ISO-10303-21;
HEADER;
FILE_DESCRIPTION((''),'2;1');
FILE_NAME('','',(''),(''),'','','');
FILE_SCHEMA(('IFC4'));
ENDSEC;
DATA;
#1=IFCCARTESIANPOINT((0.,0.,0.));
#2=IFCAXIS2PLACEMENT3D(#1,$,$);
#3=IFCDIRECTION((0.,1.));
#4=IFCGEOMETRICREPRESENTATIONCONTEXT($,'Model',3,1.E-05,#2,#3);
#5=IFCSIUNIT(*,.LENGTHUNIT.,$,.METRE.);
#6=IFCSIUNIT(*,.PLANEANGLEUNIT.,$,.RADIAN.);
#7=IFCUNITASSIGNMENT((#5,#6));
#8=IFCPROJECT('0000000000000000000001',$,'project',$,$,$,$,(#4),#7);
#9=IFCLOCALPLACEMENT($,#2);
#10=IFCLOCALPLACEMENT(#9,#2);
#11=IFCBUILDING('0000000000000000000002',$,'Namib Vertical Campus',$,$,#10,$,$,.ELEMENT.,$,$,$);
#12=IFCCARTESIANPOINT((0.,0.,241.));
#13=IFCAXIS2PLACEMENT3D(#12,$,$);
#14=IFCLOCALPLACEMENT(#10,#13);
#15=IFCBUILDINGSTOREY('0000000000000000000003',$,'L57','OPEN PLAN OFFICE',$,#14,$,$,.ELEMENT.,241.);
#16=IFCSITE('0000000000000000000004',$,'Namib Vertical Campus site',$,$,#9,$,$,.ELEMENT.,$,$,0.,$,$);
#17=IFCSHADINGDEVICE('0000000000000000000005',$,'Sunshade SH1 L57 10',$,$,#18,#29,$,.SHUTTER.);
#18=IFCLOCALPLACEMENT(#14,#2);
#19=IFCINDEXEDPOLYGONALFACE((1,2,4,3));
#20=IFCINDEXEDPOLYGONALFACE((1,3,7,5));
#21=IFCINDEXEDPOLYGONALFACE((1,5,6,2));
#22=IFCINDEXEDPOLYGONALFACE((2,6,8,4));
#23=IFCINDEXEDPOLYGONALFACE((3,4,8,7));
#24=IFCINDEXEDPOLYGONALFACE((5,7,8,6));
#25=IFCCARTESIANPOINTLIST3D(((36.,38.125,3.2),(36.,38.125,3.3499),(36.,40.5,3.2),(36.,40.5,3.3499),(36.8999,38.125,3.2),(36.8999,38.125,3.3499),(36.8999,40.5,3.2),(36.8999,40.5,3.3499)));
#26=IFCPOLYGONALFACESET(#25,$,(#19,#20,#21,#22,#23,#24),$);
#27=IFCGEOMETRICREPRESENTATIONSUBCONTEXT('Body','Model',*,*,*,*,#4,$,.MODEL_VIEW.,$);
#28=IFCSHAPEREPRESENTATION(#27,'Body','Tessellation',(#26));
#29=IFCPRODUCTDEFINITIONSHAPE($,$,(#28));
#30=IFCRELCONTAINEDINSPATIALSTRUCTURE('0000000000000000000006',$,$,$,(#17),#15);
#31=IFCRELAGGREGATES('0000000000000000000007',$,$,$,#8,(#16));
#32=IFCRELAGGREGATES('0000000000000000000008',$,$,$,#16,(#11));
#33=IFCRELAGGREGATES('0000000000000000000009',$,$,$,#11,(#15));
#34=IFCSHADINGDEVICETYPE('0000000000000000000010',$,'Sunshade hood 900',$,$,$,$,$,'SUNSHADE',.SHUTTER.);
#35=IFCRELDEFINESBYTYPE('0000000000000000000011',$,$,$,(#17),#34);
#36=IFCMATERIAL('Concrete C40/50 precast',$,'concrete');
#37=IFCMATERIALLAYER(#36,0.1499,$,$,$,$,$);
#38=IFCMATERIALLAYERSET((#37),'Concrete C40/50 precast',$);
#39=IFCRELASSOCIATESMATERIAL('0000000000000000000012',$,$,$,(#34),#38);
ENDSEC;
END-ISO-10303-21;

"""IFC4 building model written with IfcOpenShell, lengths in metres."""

from ifc_helpers import new_model, si_unit, direction, frame, origin, origin_2d, place, context, subcontext, project, spatial, rectangle, extrude, material, layer, layer_set, type_object, element, save


model = new_model("IFC4")

# Units and contexts
model_context = context("Model", 3, precision=1e-05, world=origin(), true_north=direction((0.0, 1.0)))
body_context = subcontext(model_context, "Body", "Model", "MODEL_VIEW")
ifc_project = project(units=[si_unit("LENGTHUNIT", "METRE"), si_unit("PLANEANGLEUNIT", "RADIAN")], contexts=[model_context])

# Site, building, storey
site_placement = place(None, origin())
site = spatial("IfcSite", under=ifc_project, at=site_placement, Name="Namib Vertical Campus site", CompositionType="ELEMENT", RefElevation=0.0)
building_placement = place(site_placement, origin())
building = spatial("IfcBuilding", under=site, at=building_placement, Name="Namib Vertical Campus", CompositionType="ELEMENT")
storey_placement = place(building_placement, frame((0.0, 0.0, 241.0)))
storey = spatial("IfcBuildingStorey", under=building, at=storey_placement, Name="L57", Description="OPEN PLAN OFFICE", CompositionType="ELEMENT", Elevation=241.0)

# Shading device
ifc_material_1 = material(Name="Concrete C40/50 precast", Category="concrete")
ifc_layer_1 = layer(ifc_material_1, 0.1499)
ifc_layer_set_1 = layer_set([ifc_layer_1], Name="Concrete C40/50 precast")
shading_device_type = type_object("IfcShadingDeviceType", Name="Sunshade hood 900", ElementType="SUNSHADE", PredefinedType="SHUTTER", material=ifc_layer_set_1)
for number, where, z_axis, x_axis, name in (
    (1, (36.45, 39.3125, 3.2), (0.0, 0.0, 1.0), (0.0, 1.0, 0.0), "Sunshade SH1 L57 10"),
):
    element("IfcShadingDevice", number, at=place(storey_placement, frame(where, z_axis=z_axis, x_axis=x_axis)), inside=storey, type_object=shading_device_type, Name=name, PredefinedType="SHUTTER", context=body_context, shape_type="SweptSolid", body=[
        extrude(rectangle(XDim=2.375, YDim=0.8999, at=origin_2d()), origin(), (0.0, 0.0, 1.0), 0.1499),
    ])

save(model, "model.ifc")
